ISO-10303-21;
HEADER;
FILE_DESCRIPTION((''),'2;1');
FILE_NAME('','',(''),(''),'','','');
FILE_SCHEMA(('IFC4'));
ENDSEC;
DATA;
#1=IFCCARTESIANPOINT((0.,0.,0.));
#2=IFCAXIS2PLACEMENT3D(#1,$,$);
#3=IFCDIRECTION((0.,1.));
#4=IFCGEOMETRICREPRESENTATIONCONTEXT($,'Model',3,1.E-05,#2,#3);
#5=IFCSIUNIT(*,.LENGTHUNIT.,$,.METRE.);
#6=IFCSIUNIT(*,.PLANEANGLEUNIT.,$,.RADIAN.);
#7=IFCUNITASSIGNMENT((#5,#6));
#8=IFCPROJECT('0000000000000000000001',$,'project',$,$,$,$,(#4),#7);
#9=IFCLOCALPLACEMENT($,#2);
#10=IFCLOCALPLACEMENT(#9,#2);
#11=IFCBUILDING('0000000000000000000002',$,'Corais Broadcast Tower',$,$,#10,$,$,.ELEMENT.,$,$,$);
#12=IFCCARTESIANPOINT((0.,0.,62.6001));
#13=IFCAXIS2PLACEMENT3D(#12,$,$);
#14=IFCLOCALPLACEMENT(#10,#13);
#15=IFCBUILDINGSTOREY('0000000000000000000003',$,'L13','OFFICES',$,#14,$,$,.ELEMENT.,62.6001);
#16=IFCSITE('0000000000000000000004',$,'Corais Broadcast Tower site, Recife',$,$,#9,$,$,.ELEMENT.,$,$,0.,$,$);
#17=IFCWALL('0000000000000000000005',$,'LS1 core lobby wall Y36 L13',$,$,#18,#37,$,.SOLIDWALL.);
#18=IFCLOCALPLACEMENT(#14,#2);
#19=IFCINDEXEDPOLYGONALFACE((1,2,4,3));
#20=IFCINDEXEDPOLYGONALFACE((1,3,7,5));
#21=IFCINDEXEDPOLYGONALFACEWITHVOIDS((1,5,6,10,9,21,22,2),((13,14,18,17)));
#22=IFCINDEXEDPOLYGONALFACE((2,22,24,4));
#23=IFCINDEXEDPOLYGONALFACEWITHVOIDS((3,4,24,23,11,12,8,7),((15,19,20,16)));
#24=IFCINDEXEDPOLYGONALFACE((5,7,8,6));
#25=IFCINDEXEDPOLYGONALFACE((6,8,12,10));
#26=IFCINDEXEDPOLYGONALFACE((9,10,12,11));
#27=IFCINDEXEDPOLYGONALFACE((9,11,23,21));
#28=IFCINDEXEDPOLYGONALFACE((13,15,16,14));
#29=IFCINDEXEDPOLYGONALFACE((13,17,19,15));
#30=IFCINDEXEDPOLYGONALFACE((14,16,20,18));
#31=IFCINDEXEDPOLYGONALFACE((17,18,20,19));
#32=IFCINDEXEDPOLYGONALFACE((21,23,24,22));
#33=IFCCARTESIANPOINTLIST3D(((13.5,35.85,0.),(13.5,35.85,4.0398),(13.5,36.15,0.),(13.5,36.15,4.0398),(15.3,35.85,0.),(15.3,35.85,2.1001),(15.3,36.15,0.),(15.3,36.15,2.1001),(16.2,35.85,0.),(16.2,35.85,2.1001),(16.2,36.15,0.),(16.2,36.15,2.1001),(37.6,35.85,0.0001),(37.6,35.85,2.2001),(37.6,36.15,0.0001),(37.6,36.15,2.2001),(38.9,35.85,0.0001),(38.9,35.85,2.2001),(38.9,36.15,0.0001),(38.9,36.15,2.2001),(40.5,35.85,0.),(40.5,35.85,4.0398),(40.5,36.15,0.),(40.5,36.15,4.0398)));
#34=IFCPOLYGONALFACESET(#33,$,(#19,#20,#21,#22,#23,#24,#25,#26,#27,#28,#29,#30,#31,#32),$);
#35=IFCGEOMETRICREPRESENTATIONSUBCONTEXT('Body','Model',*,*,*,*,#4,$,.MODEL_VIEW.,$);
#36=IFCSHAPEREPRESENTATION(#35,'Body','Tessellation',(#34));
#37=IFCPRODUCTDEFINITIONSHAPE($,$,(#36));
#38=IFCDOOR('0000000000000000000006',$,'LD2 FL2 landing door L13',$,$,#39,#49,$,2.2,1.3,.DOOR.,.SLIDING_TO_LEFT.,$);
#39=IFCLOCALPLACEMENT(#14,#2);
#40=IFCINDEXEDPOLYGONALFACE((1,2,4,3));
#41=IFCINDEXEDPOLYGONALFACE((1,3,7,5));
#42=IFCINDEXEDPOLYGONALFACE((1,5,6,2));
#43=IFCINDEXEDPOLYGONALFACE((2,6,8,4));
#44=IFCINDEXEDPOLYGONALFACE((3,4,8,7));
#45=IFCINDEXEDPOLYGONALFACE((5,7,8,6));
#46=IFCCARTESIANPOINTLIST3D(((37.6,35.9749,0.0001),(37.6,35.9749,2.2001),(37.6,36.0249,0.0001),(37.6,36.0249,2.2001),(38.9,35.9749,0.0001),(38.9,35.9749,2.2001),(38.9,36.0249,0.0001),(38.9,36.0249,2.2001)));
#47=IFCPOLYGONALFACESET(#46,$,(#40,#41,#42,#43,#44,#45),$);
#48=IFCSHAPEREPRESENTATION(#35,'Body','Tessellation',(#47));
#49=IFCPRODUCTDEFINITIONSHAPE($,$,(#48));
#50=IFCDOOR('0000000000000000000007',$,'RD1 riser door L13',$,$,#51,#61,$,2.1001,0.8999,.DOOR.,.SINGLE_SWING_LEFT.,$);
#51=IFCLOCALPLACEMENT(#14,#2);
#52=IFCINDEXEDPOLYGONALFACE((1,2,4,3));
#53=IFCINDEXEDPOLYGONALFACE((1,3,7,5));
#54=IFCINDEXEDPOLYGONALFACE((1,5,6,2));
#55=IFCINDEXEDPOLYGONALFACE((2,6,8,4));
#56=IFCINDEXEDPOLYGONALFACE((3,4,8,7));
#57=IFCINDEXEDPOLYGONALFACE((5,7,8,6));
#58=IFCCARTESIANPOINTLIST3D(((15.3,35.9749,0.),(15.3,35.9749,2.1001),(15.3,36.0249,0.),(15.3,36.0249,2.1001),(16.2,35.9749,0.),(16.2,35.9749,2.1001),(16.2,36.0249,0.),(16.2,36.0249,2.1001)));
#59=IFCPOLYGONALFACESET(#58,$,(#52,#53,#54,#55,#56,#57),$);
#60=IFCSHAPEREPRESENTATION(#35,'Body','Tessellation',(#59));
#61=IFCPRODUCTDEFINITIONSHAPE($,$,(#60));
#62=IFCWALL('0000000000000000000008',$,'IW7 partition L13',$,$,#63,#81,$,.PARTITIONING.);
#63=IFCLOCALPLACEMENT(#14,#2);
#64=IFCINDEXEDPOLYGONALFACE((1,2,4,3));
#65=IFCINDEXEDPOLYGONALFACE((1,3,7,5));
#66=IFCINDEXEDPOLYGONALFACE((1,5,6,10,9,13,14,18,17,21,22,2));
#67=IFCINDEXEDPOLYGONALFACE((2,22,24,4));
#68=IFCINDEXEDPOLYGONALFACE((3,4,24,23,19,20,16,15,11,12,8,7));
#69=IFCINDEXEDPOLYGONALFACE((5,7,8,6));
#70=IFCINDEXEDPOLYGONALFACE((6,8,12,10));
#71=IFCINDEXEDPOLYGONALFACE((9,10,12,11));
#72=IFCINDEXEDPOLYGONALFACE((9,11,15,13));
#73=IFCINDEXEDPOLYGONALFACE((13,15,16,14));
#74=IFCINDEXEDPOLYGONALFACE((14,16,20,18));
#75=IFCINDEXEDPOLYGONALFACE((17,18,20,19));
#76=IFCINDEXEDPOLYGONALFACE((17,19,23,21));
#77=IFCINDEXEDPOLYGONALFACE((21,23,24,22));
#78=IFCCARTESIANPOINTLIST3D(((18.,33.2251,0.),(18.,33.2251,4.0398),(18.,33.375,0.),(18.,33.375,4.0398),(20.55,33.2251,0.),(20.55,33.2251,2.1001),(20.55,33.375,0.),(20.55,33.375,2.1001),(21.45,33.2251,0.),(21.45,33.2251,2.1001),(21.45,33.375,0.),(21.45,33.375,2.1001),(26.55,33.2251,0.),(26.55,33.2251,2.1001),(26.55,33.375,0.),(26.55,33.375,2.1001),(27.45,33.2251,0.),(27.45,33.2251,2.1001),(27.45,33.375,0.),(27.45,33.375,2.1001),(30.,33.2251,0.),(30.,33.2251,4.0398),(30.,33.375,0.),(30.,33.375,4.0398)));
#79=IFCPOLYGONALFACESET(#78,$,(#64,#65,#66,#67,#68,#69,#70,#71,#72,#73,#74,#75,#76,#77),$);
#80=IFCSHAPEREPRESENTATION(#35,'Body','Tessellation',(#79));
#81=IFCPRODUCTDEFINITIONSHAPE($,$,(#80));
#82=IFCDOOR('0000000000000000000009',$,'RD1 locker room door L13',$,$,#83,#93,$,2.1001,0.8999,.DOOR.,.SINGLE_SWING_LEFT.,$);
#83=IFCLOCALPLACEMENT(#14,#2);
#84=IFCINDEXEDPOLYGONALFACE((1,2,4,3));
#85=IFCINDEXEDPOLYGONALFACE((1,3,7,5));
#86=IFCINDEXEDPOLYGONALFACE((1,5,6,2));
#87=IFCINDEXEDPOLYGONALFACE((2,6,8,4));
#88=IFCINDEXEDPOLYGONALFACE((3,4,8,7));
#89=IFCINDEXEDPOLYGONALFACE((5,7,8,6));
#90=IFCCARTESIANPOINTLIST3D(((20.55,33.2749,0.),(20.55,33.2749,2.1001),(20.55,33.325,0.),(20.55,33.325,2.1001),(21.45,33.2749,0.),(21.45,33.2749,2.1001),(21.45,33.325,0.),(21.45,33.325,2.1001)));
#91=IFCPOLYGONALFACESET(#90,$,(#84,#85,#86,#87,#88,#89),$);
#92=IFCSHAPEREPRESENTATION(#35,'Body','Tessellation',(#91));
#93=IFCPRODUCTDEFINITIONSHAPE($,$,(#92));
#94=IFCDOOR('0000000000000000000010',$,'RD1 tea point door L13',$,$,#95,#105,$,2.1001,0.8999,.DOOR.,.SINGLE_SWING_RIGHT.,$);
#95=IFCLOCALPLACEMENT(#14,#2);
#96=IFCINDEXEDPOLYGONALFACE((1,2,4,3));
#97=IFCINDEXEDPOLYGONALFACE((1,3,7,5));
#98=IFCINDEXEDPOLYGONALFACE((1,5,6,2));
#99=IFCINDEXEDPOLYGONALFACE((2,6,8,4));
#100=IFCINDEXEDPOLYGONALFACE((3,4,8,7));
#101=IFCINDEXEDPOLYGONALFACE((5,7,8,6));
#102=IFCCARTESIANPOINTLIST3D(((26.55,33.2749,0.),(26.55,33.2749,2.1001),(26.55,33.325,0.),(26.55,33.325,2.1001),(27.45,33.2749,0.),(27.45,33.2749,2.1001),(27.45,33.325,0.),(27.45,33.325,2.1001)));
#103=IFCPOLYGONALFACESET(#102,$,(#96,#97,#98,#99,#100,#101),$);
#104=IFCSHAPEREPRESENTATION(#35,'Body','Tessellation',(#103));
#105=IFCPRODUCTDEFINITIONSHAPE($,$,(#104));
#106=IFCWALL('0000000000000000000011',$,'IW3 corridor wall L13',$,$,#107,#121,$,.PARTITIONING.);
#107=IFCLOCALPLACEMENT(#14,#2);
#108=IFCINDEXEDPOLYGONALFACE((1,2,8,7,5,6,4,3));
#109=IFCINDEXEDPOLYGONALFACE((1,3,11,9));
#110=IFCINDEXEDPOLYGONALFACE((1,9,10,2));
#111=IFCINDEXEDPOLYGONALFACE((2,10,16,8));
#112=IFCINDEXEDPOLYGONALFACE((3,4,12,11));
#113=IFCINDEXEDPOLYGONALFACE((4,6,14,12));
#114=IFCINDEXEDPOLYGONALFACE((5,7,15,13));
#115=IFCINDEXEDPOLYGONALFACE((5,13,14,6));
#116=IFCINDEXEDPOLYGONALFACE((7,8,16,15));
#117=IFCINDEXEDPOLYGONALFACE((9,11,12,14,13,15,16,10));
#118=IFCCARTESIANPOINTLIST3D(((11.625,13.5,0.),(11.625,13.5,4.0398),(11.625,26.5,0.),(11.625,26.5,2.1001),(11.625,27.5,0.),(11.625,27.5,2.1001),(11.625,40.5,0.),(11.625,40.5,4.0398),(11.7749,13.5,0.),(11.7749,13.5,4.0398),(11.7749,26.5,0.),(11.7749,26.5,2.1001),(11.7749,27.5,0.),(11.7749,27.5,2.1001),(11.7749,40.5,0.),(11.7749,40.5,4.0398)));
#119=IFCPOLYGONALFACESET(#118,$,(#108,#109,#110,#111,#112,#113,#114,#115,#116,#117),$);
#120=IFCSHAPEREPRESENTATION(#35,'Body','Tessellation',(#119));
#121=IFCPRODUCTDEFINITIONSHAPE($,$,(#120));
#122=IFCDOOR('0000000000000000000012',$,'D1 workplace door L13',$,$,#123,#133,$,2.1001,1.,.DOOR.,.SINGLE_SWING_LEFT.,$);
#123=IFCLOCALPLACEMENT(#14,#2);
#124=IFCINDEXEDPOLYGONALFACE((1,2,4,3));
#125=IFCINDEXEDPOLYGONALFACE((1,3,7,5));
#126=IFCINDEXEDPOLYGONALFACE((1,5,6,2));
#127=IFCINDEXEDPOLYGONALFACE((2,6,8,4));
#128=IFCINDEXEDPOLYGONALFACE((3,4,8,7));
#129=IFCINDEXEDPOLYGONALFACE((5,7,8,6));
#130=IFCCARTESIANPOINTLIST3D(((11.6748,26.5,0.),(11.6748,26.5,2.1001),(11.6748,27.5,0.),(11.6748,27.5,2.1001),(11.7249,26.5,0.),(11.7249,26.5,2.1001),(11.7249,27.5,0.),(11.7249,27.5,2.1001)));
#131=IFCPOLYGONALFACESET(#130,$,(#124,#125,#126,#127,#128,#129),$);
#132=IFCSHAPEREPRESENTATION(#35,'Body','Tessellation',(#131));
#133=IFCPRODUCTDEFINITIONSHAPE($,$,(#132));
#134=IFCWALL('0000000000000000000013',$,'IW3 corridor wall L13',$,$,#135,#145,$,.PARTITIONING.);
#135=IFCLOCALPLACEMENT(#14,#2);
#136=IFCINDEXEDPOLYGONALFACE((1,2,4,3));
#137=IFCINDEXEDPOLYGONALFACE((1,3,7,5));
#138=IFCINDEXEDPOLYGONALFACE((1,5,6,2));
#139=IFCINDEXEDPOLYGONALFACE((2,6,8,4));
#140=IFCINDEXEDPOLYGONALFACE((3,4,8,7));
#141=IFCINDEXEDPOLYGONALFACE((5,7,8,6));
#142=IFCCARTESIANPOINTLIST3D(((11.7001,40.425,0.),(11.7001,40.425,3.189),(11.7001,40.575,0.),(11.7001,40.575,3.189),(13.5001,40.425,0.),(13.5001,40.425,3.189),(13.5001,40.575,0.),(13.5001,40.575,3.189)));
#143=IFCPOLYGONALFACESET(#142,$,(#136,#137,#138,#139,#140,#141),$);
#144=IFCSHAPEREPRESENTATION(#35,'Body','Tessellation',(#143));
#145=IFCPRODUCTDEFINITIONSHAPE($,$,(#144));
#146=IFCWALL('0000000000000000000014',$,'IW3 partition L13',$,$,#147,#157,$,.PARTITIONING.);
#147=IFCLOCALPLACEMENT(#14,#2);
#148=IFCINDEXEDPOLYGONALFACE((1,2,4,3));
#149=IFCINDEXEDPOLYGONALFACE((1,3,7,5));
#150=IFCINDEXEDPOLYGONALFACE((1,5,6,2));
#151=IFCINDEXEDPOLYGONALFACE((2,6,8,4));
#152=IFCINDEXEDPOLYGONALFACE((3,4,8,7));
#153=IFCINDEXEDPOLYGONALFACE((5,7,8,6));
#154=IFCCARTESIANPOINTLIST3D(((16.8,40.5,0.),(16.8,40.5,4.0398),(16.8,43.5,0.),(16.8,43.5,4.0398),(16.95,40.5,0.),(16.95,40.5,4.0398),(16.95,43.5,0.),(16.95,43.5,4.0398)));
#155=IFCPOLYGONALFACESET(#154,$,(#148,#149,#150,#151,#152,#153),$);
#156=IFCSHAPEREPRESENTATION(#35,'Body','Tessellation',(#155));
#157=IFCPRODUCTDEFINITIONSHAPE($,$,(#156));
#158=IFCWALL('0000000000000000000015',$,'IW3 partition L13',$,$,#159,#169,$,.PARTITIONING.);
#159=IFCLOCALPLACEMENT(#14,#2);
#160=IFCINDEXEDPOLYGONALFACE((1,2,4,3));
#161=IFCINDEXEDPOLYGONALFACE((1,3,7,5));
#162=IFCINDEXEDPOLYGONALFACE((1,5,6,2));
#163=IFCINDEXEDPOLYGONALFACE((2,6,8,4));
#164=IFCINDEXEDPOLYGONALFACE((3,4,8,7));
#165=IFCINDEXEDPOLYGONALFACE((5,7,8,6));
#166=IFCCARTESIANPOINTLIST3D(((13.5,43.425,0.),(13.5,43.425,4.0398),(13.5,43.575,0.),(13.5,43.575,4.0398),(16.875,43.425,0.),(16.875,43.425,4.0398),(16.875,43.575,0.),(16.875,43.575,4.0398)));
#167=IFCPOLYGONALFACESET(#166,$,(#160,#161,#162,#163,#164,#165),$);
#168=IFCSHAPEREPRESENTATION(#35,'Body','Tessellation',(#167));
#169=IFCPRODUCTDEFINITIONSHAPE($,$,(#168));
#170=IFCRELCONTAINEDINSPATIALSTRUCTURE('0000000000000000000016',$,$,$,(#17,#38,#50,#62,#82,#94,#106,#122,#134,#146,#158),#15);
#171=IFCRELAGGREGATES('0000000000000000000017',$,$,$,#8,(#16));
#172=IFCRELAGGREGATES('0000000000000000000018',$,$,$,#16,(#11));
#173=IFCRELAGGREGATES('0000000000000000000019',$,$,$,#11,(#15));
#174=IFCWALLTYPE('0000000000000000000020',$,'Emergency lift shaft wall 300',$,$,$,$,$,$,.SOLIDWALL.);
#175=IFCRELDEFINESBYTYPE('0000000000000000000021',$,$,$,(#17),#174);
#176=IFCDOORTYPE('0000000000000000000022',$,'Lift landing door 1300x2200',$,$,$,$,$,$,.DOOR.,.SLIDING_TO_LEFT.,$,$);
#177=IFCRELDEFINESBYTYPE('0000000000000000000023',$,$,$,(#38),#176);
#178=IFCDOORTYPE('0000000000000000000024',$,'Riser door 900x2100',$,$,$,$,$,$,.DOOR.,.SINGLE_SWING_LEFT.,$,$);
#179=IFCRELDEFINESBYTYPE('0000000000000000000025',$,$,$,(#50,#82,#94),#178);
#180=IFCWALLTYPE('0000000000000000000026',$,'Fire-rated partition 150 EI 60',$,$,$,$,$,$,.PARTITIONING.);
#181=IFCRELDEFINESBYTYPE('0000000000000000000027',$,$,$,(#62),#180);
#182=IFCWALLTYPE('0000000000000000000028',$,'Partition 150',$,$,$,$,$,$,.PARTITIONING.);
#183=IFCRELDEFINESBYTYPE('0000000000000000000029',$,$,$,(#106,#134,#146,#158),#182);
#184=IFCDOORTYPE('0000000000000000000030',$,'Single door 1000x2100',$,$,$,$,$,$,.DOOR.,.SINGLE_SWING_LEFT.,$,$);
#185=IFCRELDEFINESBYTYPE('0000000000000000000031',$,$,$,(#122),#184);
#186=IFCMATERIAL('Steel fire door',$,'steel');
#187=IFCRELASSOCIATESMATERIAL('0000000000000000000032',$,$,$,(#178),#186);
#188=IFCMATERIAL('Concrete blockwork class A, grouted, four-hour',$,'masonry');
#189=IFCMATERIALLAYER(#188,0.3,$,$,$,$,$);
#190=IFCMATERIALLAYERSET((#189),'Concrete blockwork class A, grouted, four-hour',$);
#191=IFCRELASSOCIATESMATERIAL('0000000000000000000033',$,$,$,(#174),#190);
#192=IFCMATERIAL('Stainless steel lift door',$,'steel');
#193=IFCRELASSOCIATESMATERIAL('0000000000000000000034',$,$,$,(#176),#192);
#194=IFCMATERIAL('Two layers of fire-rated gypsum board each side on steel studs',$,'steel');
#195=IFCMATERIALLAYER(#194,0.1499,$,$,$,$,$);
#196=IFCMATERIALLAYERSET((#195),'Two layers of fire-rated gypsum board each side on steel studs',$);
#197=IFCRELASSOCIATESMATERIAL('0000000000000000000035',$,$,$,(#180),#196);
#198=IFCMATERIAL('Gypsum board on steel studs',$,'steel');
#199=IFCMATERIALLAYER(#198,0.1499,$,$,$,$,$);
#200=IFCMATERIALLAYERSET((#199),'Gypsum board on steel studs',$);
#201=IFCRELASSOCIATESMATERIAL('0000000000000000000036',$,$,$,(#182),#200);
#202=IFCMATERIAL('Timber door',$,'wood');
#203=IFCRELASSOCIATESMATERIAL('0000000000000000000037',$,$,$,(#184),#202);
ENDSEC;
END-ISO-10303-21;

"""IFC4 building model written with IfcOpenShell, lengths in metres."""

from ifc_helpers import new_model, si_unit, direction, frame, frame_2d, origin, place, context, subcontext, project, spatial, rectangle, extrude, material, layer, layer_set, type_object, element, fill, save


model = new_model("IFC4")

# Units and contexts
model_context = context("Model", 3, precision=1e-05, world=origin(), true_north=direction((0.0, 1.0)))
body_context = subcontext(model_context, "Body", "Model", "MODEL_VIEW")
ifc_project = project(units=[si_unit("LENGTHUNIT", "METRE"), si_unit("PLANEANGLEUNIT", "RADIAN")], contexts=[model_context])

# Site, building, storey
site_placement = place(None, origin())
site = spatial("IfcSite", under=ifc_project, at=site_placement, Name="Corais Broadcast Tower site, Recife", CompositionType="ELEMENT", RefElevation=0.0)
building_placement = place(site_placement, origin())
building = spatial("IfcBuilding", under=site, at=building_placement, Name="Corais Broadcast Tower", CompositionType="ELEMENT")
storey_placement = place(building_placement, frame((0.0, 0.0, 62.6001)))
storey = spatial("IfcBuildingStorey", under=building, at=storey_placement, Name="L13", Description="OFFICES", CompositionType="ELEMENT", Elevation=62.6001)

# Walls, openings, doors
ifc_material_1 = material(Name="Steel fire door", Category="steel")
door_type_1 = type_object("IfcDoorType", Name="Riser door 900x2100", OperationType="SINGLE_SWING_LEFT", PredefinedType="DOOR", material=ifc_material_1)
ifc_material_2 = material(Name="Concrete blockwork class A, grouted, four-hour", Category="masonry")
ifc_layer_1 = layer(ifc_material_2, 0.3)
ifc_layer_set_1 = layer_set([ifc_layer_1], Name="Concrete blockwork class A, grouted, four-hour")
wall_type_1 = type_object("IfcWallType", Name="Emergency lift shaft wall 300", PredefinedType="SOLIDWALL", material=ifc_layer_set_1)
wall_1_placement = place(storey_placement, frame((13.5, 36.0, 0.0), z_axis=(0.0, 0.0, 1.0), x_axis=(1.0, 0.0, 0.0)))
wall_1 = element("IfcWall", 1, at=wall_1_placement, inside=storey, type_object=wall_type_1, Name="LS1 core lobby wall Y36 L13", PredefinedType="SOLIDWALL", context=body_context, shape_type="SweptSolid", body=[
    extrude(rectangle(XDim=27.0, YDim=0.3, at=frame_2d((13.5, 0.0))), origin(), (0.0, 0.0, 1.0), 4.0398),
])
opening_1_placement = place(wall_1_placement, frame((1.8, 0.0, 0.0)))
opening_1 = element("IfcOpeningElement", 2, at=opening_1_placement, cuts=wall_1, PredefinedType="OPENING", context=body_context, shape_type="SweptSolid", body=[
    extrude(rectangle(XDim=0.8999, YDim=2.1001, at=frame_2d((0.45, 1.05))), frame((0.0, 0.1599, 0.0), z_axis=(0.0, -1.0, 0.0), x_axis=(1.0, 0.0, 0.0)), (0.0, 0.0, 1.0), 0.3201),
])
opening_2_placement = place(wall_1_placement, frame((24.1001, 0.0, 0.0)))
opening_2 = element("IfcOpeningElement", 3, at=opening_2_placement, cuts=wall_1, PredefinedType="OPENING", context=body_context, shape_type="SweptSolid", body=[
    extrude(rectangle(XDim=1.3, YDim=2.2, at=frame_2d((0.6499, 1.1001))), frame((0.0, 0.1599, 0.0), z_axis=(0.0, -1.0, 0.0), x_axis=(1.0, 0.0, 0.0)), (0.0, 0.0, 1.0), 0.3201),
])
ifc_material_3 = material(Name="Stainless steel lift door", Category="steel")
door_type_2 = type_object("IfcDoorType", Name="Lift landing door 1300x2200", OperationType="SLIDING_TO_LEFT", PredefinedType="DOOR", material=ifc_material_3)
door_1_placement = place(opening_2_placement, origin())
door_1 = element("IfcDoor", 4, at=door_1_placement, inside=storey, type_object=door_type_2, Name="LD2 FL2 landing door L13", OperationType="SLIDING_TO_LEFT", OverallHeight=2.2, OverallWidth=1.3, PredefinedType="DOOR", context=body_context, shape_type="SweptSolid", body=[
    extrude(rectangle(XDim=1.3, YDim=2.2, at=frame_2d((0.6499, 1.1001))), frame((0.0, 0.0249, 0.0), z_axis=(0.0, -1.0, 0.0), x_axis=(1.0, 0.0, 0.0)), (0.0, 0.0, 1.0), 0.05),
])
fill(opening_2, door_1)
door_2_placement = place(opening_1_placement, origin())
door_2 = element("IfcDoor", 5, at=door_2_placement, inside=storey, type_object=door_type_1, Name="RD1 riser door L13", OperationType="SINGLE_SWING_LEFT", OverallHeight=2.1001, OverallWidth=0.8999, PredefinedType="DOOR", context=body_context, shape_type="SweptSolid", body=[
    extrude(rectangle(XDim=0.8999, YDim=2.1001, at=frame_2d((0.45, 1.05))), frame((0.0, 0.0249, 0.0), z_axis=(0.0, -1.0, 0.0), x_axis=(1.0, 0.0, 0.0)), (0.0, 0.0, 1.0), 0.05),
])
fill(opening_1, door_2)
ifc_material_4 = material(Name="Two layers of fire-rated gypsum board each side on steel studs", Category="steel")
ifc_layer_2 = layer(ifc_material_4, 0.1499)
ifc_layer_set_2 = layer_set([ifc_layer_2], Name="Two layers of fire-rated gypsum board each side on steel studs")
wall_type_2 = type_object("IfcWallType", Name="Fire-rated partition 150 EI 60", PredefinedType="PARTITIONING", material=ifc_layer_set_2)
wall_2_placement = place(storey_placement, frame((18.0, 33.3, 0.0), z_axis=(0.0, 0.0, 1.0), x_axis=(1.0, 0.0, 0.0)))
wall_2 = element("IfcWall", 6, at=wall_2_placement, inside=storey, type_object=wall_type_2, Name="IW7 partition L13", PredefinedType="PARTITIONING", context=body_context, shape_type="SweptSolid", body=[
    extrude(rectangle(XDim=12.0, YDim=0.1499, at=frame_2d((6.0, 0.0))), origin(), (0.0, 0.0, 1.0), 4.0398),
])
opening_3_placement = place(wall_2_placement, frame((2.55, 0.0, 0.0)))
opening_3 = element("IfcOpeningElement", 7, at=opening_3_placement, cuts=wall_2, PredefinedType="OPENING", context=body_context, shape_type="SweptSolid", body=[
    extrude(rectangle(XDim=0.8999, YDim=2.1001, at=frame_2d((0.45, 1.05))), frame((0.0, 0.085, 0.0), z_axis=(0.0, -1.0, 0.0), x_axis=(1.0, 0.0, 0.0)), (0.0, 0.0, 1.0), 0.1699),
])
opening_4_placement = place(wall_2_placement, frame((8.55, 0.0, 0.0)))
opening_4 = element("IfcOpeningElement", 8, at=opening_4_placement, cuts=wall_2, PredefinedType="OPENING", context=body_context, shape_type="SweptSolid", body=[
    extrude(rectangle(XDim=0.8999, YDim=2.1001, at=frame_2d((0.45, 1.05))), frame((0.0, 0.085, 0.0), z_axis=(0.0, -1.0, 0.0), x_axis=(1.0, 0.0, 0.0)), (0.0, 0.0, 1.0), 0.1699),
])
door_3_placement = place(opening_3_placement, origin())
door_3 = element("IfcDoor", 9, at=door_3_placement, inside=storey, type_object=door_type_1, Name="RD1 locker room door L13", OperationType="SINGLE_SWING_LEFT", OverallHeight=2.1001, OverallWidth=0.8999, PredefinedType="DOOR", context=body_context, shape_type="SweptSolid", body=[
    extrude(rectangle(XDim=0.8999, YDim=2.1001, at=frame_2d((0.45, 1.05))), frame((0.0, 0.0249, 0.0), z_axis=(0.0, -1.0, 0.0), x_axis=(1.0, 0.0, 0.0)), (0.0, 0.0, 1.0), 0.05),
])
fill(opening_3, door_3)
door_4_placement = place(opening_4_placement, origin())
door_4 = element("IfcDoor", 10, at=door_4_placement, inside=storey, type_object=door_type_1, Name="RD1 tea point door L13", OperationType="SINGLE_SWING_RIGHT", OverallHeight=2.1001, OverallWidth=0.8999, PredefinedType="DOOR", context=body_context, shape_type="SweptSolid", body=[
    extrude(rectangle(XDim=0.8999, YDim=2.1001, at=frame_2d((0.45, 1.05))), frame((0.0, 0.0249, 0.0), z_axis=(0.0, -1.0, 0.0), x_axis=(1.0, 0.0, 0.0)), (0.0, 0.0, 1.0), 0.05),
])
fill(opening_4, door_4)

# Wall, opening, door
ifc_material_5 = material(Name="Gypsum board on steel studs", Category="steel")
ifc_layer_3 = layer(ifc_material_5, 0.1499)
ifc_layer_set_3 = layer_set([ifc_layer_3], Name="Gypsum board on steel studs")
wall_type_3 = type_object("IfcWallType", Name="Partition 150", PredefinedType="PARTITIONING", material=ifc_layer_set_3)
wall_3_placement = place(storey_placement, frame((11.7, 40.5, 0.0), z_axis=(0.0, 0.0, 1.0), x_axis=(0.0, -1.0, 0.0)))
wall_3 = element("IfcWall", 11, at=wall_3_placement, inside=storey, type_object=wall_type_3, Name="IW3 corridor wall L13", PredefinedType="PARTITIONING", context=body_context, shape_type="SweptSolid", body=[
    extrude(rectangle(XDim=27.0, YDim=0.1499, at=frame_2d((13.5, 0.0))), origin(), (0.0, 0.0, 1.0), 4.0398),
])
opening_5_placement = place(wall_3_placement, frame((13.0, 0.0, 0.0)))
opening_5 = element("IfcOpeningElement", 12, at=opening_5_placement, cuts=wall_3, PredefinedType="OPENING", context=body_context, shape_type="SweptSolid", body=[
    extrude(rectangle(XDim=1.0, YDim=2.1001, at=frame_2d((0.5, 1.05))), frame((0.0, 0.085, 0.0), z_axis=(0.0, -1.0, 0.0), x_axis=(1.0, 0.0, 0.0)), (0.0, 0.0, 1.0), 0.1699),
])
ifc_material_6 = material(Name="Timber door", Category="wood")
door_type_3 = type_object("IfcDoorType", Name="Single door 1000x2100", OperationType="SINGLE_SWING_LEFT", PredefinedType="DOOR", material=ifc_material_6)
door_5_placement = place(opening_5_placement, origin())
door_5 = element("IfcDoor", 13, at=door_5_placement, inside=storey, type_object=door_type_3, Name="D1 workplace door L13", OperationType="SINGLE_SWING_LEFT", OverallHeight=2.1001, OverallWidth=1.0, PredefinedType="DOOR", context=body_context, shape_type="SweptSolid", body=[
    extrude(rectangle(XDim=1.0, YDim=2.1001, at=frame_2d((0.5, 1.05))), frame((0.0, 0.0249, 0.0), z_axis=(0.0, -1.0, 0.0), x_axis=(1.0, 0.0, 0.0)), (0.0, 0.0, 1.0), 0.05),
])
fill(opening_5, door_5)

# Walls
wall_4_placement = place(storey_placement, frame((13.5, 40.5, 0.0), z_axis=(0.0, 0.0, 1.0), x_axis=(-1.0, 0.0, 0.0)))
element("IfcWall", 14, at=wall_4_placement, inside=storey, type_object=wall_type_3, Name="IW3 corridor wall L13", PredefinedType="PARTITIONING", context=body_context, shape_type="SweptSolid", body=[
    extrude(rectangle(XDim=1.8, YDim=0.1499, at=frame_2d((0.8999, 0.0))), origin(), (0.0, 0.0, 1.0), 3.189),
])
wall_5_placement = place(storey_placement, frame((16.875, 40.5, 0.0), z_axis=(0.0, 0.0, 1.0), x_axis=(0.0, 1.0, 0.0)))
element("IfcWall", 15, at=wall_5_placement, inside=storey, type_object=wall_type_3, Name="IW3 partition L13", PredefinedType="PARTITIONING", context=body_context, shape_type="SweptSolid", body=[
    extrude(rectangle(XDim=3.0, YDim=0.1499, at=frame_2d((1.5, 0.0))), origin(), (0.0, 0.0, 1.0), 4.0398),
])
wall_6_placement = place(storey_placement, frame((16.875, 43.5, 0.0), z_axis=(0.0, 0.0, 1.0), x_axis=(-1.0, 0.0, 0.0)))
element("IfcWall", 16, at=wall_6_placement, inside=storey, type_object=wall_type_3, Name="IW3 partition L13", PredefinedType="PARTITIONING", context=body_context, shape_type="SweptSolid", body=[
    extrude(rectangle(XDim=3.375, YDim=0.1499, at=frame_2d((1.6875, 0.0))), origin(), (0.0, 0.0, 1.0), 4.0398),
])

save(model, "model.ifc")
